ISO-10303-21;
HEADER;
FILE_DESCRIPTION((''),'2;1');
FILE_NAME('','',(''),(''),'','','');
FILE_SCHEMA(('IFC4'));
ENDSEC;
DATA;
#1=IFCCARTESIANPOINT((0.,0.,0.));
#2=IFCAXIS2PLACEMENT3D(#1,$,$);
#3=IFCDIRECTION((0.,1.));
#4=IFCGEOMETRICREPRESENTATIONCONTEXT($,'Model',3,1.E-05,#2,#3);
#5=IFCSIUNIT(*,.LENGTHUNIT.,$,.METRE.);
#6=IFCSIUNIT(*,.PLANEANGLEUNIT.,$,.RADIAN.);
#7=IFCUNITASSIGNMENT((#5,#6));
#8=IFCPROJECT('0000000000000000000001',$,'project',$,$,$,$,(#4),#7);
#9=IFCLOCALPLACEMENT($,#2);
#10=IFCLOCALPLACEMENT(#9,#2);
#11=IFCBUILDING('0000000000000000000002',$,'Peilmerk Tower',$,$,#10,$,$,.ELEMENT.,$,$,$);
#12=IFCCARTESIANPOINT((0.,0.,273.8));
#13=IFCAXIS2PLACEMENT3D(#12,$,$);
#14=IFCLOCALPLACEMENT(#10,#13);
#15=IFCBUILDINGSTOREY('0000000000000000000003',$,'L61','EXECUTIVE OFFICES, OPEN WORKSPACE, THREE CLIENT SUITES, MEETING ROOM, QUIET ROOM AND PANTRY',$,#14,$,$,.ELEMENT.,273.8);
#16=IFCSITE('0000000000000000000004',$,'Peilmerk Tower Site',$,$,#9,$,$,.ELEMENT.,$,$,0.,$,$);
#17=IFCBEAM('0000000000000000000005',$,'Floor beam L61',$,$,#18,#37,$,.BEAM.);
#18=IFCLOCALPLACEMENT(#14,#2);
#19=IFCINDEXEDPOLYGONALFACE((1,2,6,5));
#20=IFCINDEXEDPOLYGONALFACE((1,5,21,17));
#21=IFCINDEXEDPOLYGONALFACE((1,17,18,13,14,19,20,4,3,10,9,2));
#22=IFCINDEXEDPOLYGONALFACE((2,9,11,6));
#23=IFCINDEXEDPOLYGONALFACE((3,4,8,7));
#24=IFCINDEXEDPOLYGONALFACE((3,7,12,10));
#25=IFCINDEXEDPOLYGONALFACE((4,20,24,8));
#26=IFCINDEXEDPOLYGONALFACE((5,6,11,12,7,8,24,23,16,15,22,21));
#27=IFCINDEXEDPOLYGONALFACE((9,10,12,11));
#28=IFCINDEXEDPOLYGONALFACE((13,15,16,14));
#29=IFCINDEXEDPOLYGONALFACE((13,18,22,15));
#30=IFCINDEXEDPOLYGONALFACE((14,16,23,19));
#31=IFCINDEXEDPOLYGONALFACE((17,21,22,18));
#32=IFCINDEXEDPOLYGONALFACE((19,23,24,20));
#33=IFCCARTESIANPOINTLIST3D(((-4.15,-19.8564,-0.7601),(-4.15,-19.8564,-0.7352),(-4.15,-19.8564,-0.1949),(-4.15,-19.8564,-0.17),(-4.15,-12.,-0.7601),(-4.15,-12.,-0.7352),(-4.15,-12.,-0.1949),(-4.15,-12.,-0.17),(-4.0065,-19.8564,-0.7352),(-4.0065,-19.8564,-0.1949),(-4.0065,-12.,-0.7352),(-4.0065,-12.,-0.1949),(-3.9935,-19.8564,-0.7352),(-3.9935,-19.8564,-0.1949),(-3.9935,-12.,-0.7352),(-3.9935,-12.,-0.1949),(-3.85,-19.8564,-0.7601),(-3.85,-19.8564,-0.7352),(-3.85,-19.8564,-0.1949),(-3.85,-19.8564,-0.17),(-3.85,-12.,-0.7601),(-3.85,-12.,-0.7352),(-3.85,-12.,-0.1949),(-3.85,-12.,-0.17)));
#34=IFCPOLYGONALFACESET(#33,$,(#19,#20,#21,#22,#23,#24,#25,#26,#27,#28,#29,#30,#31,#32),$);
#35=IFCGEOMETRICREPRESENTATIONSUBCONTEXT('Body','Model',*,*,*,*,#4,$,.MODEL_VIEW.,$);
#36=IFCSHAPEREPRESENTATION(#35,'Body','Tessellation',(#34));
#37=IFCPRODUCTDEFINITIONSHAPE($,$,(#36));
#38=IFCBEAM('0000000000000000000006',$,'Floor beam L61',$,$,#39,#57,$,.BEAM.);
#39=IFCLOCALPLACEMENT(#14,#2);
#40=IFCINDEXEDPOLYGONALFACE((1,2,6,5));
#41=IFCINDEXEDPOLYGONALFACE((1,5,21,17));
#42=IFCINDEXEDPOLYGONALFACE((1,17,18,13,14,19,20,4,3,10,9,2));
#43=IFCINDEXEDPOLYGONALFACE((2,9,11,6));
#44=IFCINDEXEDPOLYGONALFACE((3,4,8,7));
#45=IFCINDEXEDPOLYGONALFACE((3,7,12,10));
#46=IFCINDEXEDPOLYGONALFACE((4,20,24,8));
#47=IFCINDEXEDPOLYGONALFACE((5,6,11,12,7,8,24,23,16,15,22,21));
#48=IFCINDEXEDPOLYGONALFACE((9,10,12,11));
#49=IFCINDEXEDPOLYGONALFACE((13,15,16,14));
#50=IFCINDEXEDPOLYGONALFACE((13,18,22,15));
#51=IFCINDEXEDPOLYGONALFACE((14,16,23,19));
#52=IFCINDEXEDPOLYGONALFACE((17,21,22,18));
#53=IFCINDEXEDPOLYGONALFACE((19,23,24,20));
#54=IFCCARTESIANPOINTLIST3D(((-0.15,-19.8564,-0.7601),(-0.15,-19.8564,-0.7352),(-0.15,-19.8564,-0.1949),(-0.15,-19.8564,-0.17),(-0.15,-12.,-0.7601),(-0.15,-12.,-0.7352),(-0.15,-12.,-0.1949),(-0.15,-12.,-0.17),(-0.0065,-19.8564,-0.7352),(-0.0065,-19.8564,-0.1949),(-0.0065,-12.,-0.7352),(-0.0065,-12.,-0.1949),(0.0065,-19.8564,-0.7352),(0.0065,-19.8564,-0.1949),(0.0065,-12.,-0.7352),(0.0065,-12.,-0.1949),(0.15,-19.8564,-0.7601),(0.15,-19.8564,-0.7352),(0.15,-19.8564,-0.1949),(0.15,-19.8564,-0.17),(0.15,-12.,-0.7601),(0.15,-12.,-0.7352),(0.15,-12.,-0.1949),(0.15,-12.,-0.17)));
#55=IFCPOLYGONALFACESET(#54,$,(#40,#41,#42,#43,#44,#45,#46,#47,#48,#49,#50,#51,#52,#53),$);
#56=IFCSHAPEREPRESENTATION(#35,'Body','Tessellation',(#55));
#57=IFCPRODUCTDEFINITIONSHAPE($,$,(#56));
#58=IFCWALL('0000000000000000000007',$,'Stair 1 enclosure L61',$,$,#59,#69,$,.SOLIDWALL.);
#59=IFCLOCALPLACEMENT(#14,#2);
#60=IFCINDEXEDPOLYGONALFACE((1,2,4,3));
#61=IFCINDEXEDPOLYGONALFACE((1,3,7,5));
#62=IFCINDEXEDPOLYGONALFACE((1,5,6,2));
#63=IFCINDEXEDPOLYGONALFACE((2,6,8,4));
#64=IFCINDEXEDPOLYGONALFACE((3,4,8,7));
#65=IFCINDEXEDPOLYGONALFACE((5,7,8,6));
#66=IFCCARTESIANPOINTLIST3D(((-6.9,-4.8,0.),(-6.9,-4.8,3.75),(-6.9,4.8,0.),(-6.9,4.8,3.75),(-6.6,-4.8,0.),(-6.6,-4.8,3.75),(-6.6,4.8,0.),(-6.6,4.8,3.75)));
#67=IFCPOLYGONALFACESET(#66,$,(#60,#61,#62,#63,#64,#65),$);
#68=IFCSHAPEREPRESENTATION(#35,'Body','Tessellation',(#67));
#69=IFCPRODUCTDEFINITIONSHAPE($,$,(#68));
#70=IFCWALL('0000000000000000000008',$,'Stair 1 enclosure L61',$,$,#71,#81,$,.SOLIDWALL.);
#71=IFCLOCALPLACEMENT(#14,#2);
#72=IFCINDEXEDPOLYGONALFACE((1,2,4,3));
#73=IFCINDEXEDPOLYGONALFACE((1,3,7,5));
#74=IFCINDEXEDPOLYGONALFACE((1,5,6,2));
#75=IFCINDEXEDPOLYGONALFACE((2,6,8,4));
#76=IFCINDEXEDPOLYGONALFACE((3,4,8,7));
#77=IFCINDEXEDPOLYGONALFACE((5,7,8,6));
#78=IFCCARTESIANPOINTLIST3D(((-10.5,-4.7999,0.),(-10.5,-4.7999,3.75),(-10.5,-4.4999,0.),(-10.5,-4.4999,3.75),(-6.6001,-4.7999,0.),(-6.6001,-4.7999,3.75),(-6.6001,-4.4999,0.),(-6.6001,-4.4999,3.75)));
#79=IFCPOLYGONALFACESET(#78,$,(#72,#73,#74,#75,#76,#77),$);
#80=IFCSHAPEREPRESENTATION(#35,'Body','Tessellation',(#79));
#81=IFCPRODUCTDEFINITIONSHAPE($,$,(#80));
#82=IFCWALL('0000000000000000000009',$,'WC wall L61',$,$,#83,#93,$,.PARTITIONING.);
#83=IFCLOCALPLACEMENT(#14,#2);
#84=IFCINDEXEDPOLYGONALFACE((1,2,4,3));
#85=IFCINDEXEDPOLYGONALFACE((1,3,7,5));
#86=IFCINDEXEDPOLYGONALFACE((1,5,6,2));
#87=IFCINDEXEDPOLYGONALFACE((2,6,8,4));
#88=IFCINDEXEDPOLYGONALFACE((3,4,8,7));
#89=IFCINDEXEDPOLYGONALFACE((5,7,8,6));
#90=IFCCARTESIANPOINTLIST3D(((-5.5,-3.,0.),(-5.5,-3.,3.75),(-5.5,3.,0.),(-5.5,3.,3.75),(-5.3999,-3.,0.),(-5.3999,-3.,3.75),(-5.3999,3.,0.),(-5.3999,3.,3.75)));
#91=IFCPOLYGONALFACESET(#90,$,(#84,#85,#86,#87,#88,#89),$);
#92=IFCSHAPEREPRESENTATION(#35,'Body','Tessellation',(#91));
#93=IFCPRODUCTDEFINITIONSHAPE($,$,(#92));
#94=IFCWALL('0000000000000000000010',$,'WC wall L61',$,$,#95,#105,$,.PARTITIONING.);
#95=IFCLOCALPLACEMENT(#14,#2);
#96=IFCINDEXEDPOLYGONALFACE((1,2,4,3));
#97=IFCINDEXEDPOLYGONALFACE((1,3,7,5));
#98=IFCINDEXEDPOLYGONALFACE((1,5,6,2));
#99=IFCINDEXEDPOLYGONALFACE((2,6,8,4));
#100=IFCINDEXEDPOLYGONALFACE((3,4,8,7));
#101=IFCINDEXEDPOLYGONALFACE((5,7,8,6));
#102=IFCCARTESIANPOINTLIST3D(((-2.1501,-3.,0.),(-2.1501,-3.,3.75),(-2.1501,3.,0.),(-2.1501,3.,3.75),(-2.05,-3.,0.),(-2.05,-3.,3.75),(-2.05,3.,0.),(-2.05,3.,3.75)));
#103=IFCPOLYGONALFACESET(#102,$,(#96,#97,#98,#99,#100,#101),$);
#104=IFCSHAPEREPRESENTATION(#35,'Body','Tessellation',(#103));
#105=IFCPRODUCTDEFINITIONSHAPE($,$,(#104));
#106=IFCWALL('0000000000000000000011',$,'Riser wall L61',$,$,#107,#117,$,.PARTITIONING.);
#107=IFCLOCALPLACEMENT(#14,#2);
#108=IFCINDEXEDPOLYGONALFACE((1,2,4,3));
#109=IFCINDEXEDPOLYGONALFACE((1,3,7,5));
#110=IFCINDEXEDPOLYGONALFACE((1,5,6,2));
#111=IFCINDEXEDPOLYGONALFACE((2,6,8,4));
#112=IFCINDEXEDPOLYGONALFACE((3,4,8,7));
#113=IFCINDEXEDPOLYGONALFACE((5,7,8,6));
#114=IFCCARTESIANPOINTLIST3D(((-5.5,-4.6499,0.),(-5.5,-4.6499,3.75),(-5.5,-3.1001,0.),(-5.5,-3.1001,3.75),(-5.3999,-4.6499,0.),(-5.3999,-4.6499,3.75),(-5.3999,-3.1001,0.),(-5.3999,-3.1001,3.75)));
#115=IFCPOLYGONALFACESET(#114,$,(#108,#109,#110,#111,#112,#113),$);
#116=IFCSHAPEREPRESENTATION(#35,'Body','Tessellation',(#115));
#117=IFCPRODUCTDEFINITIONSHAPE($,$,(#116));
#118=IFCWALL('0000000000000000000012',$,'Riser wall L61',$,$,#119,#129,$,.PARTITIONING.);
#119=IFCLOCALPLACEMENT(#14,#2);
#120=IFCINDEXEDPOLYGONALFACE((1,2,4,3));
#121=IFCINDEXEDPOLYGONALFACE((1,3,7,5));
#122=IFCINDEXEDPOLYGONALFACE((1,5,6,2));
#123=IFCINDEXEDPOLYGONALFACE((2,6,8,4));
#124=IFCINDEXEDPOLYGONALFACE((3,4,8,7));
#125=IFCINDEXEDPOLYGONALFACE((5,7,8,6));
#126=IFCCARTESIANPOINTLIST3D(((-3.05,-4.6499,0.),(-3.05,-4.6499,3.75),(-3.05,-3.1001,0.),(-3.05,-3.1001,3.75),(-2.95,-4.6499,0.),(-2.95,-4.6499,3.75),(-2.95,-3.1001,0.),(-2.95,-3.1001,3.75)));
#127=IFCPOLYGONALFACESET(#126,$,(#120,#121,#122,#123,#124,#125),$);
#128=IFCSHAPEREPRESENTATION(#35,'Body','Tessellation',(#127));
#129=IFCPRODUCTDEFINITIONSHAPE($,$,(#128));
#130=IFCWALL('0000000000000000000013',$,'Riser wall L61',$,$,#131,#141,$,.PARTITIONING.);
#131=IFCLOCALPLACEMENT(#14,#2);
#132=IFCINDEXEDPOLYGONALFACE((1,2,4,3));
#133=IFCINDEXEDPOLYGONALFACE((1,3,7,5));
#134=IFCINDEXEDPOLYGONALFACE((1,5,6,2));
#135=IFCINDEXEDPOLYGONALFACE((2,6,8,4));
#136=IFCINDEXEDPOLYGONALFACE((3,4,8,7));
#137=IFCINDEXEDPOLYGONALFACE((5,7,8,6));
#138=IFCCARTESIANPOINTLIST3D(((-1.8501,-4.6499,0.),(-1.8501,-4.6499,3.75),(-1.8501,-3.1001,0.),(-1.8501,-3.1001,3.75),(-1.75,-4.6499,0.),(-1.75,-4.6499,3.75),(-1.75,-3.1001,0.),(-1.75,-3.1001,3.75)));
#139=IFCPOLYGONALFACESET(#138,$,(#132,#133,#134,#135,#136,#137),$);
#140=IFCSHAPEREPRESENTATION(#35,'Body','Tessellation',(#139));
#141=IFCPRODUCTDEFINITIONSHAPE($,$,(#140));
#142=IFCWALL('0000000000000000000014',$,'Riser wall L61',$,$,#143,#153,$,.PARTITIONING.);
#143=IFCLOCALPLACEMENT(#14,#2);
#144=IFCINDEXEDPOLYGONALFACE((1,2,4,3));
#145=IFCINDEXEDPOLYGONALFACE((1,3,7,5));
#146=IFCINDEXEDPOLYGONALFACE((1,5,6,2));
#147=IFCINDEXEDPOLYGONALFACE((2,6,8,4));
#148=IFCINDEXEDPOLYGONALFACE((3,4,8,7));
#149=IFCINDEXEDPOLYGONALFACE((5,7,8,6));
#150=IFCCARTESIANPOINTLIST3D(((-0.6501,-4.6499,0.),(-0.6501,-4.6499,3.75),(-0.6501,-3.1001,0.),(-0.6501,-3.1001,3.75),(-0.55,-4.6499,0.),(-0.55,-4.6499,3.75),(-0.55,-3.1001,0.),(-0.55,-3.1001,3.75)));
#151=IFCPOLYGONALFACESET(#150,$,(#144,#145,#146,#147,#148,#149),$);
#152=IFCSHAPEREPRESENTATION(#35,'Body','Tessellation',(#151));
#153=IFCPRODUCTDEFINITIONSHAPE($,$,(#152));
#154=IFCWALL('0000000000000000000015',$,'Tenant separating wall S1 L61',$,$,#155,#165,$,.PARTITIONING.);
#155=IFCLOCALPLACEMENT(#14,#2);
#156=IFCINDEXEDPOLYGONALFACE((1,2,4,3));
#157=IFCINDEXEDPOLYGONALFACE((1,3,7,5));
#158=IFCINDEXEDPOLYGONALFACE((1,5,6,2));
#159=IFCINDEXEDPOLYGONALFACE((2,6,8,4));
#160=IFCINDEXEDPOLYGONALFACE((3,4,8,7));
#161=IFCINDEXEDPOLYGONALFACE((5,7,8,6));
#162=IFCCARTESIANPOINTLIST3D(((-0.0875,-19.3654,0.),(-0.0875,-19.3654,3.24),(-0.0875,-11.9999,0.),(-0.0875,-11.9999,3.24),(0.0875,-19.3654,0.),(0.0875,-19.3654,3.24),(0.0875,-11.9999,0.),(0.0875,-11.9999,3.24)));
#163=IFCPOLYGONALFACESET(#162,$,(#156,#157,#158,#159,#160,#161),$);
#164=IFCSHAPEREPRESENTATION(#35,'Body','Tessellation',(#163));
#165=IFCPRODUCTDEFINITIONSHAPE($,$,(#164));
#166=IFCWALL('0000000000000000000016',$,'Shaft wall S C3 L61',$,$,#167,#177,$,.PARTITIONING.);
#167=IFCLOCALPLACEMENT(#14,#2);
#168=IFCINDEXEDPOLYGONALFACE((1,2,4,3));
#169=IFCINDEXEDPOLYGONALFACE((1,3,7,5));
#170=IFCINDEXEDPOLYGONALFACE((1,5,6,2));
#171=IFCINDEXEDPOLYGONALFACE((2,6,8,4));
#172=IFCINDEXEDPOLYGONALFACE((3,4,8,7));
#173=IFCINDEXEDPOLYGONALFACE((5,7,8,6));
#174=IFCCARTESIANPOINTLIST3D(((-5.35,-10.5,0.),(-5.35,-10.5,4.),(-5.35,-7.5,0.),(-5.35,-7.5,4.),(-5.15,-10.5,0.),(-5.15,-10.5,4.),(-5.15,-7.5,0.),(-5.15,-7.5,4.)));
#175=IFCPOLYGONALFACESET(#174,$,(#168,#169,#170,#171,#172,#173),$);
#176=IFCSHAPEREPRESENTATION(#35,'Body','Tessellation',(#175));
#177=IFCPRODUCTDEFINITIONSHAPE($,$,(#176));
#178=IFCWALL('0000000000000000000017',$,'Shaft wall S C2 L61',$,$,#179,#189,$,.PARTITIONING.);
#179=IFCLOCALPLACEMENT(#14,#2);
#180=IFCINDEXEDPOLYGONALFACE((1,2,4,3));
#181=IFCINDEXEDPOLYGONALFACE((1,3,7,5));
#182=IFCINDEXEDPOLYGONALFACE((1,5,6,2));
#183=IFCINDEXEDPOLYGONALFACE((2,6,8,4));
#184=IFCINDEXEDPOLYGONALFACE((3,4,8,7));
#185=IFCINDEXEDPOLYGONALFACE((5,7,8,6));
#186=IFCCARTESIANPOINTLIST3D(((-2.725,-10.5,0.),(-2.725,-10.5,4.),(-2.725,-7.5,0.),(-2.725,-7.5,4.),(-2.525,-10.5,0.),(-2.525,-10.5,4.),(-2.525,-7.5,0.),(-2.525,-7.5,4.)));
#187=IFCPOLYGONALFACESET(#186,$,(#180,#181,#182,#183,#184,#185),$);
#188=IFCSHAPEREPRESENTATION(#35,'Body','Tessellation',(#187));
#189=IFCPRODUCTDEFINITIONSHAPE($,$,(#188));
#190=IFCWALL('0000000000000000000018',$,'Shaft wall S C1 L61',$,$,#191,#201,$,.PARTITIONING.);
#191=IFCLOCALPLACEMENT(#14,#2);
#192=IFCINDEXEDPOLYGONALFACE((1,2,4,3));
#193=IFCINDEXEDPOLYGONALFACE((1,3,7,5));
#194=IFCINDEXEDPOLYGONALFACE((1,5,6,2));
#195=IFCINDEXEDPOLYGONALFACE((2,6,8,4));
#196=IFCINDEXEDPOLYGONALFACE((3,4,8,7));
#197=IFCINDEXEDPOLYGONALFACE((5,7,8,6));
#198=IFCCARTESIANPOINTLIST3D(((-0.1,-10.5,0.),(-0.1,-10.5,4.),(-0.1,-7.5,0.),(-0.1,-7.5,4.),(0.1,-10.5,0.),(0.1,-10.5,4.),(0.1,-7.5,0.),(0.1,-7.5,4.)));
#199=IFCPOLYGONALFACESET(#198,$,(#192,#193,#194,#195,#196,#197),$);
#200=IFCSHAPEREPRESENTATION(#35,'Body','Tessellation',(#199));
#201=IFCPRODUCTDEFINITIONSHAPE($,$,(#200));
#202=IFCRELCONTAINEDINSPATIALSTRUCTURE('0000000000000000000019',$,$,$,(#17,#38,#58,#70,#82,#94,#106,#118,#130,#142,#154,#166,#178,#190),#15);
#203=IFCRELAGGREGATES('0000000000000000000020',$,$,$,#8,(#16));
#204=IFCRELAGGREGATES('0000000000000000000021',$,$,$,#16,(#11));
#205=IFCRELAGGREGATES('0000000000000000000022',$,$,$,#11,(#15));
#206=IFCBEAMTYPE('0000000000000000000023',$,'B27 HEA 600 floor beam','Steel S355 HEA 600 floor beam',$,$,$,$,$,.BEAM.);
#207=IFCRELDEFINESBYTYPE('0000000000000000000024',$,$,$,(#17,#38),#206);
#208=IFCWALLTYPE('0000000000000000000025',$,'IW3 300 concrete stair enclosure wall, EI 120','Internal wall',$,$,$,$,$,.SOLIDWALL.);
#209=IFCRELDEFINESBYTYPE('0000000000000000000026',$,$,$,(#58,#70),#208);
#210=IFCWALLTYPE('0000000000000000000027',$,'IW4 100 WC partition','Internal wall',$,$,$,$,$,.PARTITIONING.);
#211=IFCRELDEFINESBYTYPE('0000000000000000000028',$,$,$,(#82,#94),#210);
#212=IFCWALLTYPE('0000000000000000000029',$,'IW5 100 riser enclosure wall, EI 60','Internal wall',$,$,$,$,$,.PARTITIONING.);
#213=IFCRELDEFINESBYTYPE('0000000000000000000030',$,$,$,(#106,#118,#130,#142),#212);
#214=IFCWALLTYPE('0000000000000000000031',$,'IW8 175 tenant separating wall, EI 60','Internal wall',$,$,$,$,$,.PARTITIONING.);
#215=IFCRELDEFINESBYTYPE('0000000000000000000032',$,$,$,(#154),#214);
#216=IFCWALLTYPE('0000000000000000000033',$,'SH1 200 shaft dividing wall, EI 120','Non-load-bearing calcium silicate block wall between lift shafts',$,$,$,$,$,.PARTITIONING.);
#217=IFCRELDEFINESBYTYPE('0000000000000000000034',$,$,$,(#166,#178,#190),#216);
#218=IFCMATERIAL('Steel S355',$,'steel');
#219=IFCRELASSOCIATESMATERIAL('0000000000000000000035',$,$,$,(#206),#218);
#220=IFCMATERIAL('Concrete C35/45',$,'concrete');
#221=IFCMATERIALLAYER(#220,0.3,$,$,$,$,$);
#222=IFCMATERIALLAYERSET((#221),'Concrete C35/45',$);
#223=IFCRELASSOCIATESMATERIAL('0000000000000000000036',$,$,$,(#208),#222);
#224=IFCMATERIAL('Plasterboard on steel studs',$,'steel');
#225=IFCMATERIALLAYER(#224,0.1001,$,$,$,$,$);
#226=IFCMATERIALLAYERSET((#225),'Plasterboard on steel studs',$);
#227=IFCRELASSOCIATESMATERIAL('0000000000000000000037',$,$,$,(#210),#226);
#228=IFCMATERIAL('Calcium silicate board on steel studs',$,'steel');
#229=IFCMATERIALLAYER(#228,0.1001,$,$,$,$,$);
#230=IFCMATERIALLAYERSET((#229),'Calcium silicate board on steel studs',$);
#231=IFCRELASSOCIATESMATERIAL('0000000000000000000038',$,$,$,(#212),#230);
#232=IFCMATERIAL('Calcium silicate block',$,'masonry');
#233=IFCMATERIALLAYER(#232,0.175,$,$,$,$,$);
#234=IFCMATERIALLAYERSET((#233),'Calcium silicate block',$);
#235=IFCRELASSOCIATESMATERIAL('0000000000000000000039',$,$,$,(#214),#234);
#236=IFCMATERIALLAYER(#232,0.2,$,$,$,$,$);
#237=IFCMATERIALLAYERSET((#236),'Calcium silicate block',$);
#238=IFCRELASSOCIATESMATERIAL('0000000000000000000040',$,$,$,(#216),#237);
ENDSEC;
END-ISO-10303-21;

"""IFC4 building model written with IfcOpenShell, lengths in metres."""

from ifc_helpers import new_model, si_unit, direction, frame, frame_2d, origin, origin_2d, place, context, subcontext, project, spatial, rectangle, i_section, extrude, material, layer, layer_set, material_profile, profile_set, type_object, element, save


model = new_model("IFC4")

# Units and contexts
model_context = context("Model", 3, precision=1e-05, world=origin(), true_north=direction((0.0, 1.0)))
body_context = subcontext(model_context, "Body", "Model", "MODEL_VIEW")
ifc_project = project(units=[si_unit("LENGTHUNIT", "METRE"), si_unit("PLANEANGLEUNIT", "RADIAN")], contexts=[model_context])

# Site, building, storey
site_placement = place(None, origin())
site = spatial("IfcSite", under=ifc_project, at=site_placement, Name="Peilmerk Tower Site", CompositionType="ELEMENT", RefElevation=0.0)
building_placement = place(site_placement, origin())
building = spatial("IfcBuilding", under=site, at=building_placement, Name="Peilmerk Tower", CompositionType="ELEMENT")
storey_placement = place(building_placement, frame((0.0, 0.0, 273.8)))
storey = spatial("IfcBuildingStorey", under=building, at=storey_placement, Name="L61", Description="EXECUTIVE OFFICES, OPEN WORKSPACE, THREE CLIENT SUITES, MEETING ROOM, QUIET ROOM AND PANTRY", CompositionType="ELEMENT", Elevation=273.8)

# Beams
ifc_material_1 = material(Name="Steel S355", Category="steel")
ifc_material_profile = material_profile(ifc_material_1, i_section(OverallWidth=0.3, OverallDepth=0.5901, WebThickness=0.0129, FlangeThickness=0.0249, at=origin_2d()), Name="HEA 600")
ifc_profile_set = profile_set([ifc_material_profile], Name="Steel S355")
beam_type = type_object("IfcBeamType", Name="B27 HEA 600 floor beam", Description="Steel S355 HEA 600 floor beam", PredefinedType="BEAM", material=ifc_profile_set)
for number, where, z_axis, x_axis, name in (
    (1, (-4.0, -12.0, -0.4651), (0.0, -1.0, 0.0), (1.0, 0.0, 0.0), "Floor beam L61"),
    (2, (0.0, -12.0, -0.4651), (0.0, -1.0, 0.0), (1.0, 0.0, 0.0), "Floor beam L61"),
):
    element("IfcBeam", number, at=place(storey_placement, frame(where, z_axis=z_axis, x_axis=x_axis)), inside=storey, type_object=beam_type, Name=name, PredefinedType="BEAM", context=body_context, shape_type="SweptSolid", body=[
        extrude(i_section(OverallWidth=0.3, OverallDepth=0.5901, WebThickness=0.0129, FlangeThickness=0.0249, at=origin_2d()), origin(), (0.0, 0.0, 1.0), 7.8564),
    ])

# Walls
ifc_material_2 = material(Name="Concrete C35/45", Category="concrete")
ifc_layer_1 = layer(ifc_material_2, 0.3)
ifc_layer_set_1 = layer_set([ifc_layer_1], Name="Concrete C35/45")
wall_type_1 = type_object("IfcWallType", Name="IW3 300 concrete stair enclosure wall, EI 120", Description="Internal wall", PredefinedType="SOLIDWALL", material=ifc_layer_set_1)
wall_1_placement = place(storey_placement, frame((-6.75, -4.8, 0.0), z_axis=(0.0, 0.0, 1.0), x_axis=(0.0, 1.0, 0.0)))
element("IfcWall", 3, at=wall_1_placement, inside=storey, type_object=wall_type_1, Name="Stair 1 enclosure L61", PredefinedType="SOLIDWALL", context=body_context, shape_type="SweptSolid", body=[
    extrude(rectangle(XDim=9.6001, YDim=0.3, at=frame_2d((4.8, 0.0))), origin(), (0.0, 0.0, 1.0), 3.75),
])
wall_2_placement = place(storey_placement, frame((-6.6001, -4.6499, 0.0), z_axis=(0.0, 0.0, 1.0), x_axis=(-1.0, 0.0, 0.0)))
element("IfcWall", 4, at=wall_2_placement, inside=storey, type_object=wall_type_1, Name="Stair 1 enclosure L61", PredefinedType="SOLIDWALL", context=body_context, shape_type="SweptSolid", body=[
    extrude(rectangle(XDim=3.8999, YDim=0.3, at=frame_2d((1.95, 0.0))), origin(), (0.0, 0.0, 1.0), 3.75),
])
ifc_material_3 = material(Name="Plasterboard on steel studs", Category="steel")
ifc_layer_2 = layer(ifc_material_3, 0.1001)
ifc_layer_set_2 = layer_set([ifc_layer_2], Name="Plasterboard on steel studs")
wall_type_2 = type_object("IfcWallType", Name="IW4 100 WC partition", Description="Internal wall", PredefinedType="PARTITIONING", material=ifc_layer_set_2)
for number, where, z_axis, x_axis, name in (
    (5, (-5.45, -3.0, 0.0), (0.0, 0.0, 1.0), (0.0, 1.0, 0.0), "WC wall L61"),
    (6, (-2.1001, -3.0, 0.0), (0.0, 0.0, 1.0), (0.0, 1.0, 0.0), "WC wall L61"),
):
    element("IfcWall", number, at=place(storey_placement, frame(where, z_axis=z_axis, x_axis=x_axis)), inside=storey, type_object=wall_type_2, Name=name, PredefinedType="PARTITIONING", context=body_context, shape_type="SweptSolid", body=[
        extrude(rectangle(XDim=6.0, YDim=0.1001, at=frame_2d((3.0, 0.0))), origin(), (0.0, 0.0, 1.0), 3.75),
    ])
ifc_material_4 = material(Name="Calcium silicate board on steel studs", Category="steel")
ifc_layer_3 = layer(ifc_material_4, 0.1001)
ifc_layer_set_3 = layer_set([ifc_layer_3], Name="Calcium silicate board on steel studs")
wall_type_3 = type_object("IfcWallType", Name="IW5 100 riser enclosure wall, EI 60", Description="Internal wall", PredefinedType="PARTITIONING", material=ifc_layer_set_3)
for number, where, z_axis, x_axis, name in (
    (7, (-5.45, -3.1001, 0.0), (0.0, 0.0, 1.0), (0.0, -1.0, 0.0), "Riser wall L61"),
    (8, (-3.0, -3.1001, 0.0), (0.0, 0.0, 1.0), (0.0, -1.0, 0.0), "Riser wall L61"),
    (9, (-1.8, -3.1001, 0.0), (0.0, 0.0, 1.0), (0.0, -1.0, 0.0), "Riser wall L61"),
    (10, (-0.6001, -3.1001, 0.0), (0.0, 0.0, 1.0), (0.0, -1.0, 0.0), "Riser wall L61"),
):
    element("IfcWall", number, at=place(storey_placement, frame(where, z_axis=z_axis, x_axis=x_axis)), inside=storey, type_object=wall_type_3, Name=name, PredefinedType="PARTITIONING", context=body_context, shape_type="SweptSolid", body=[
        extrude(rectangle(XDim=1.5498, YDim=0.1001, at=frame_2d((0.7749, 0.0))), origin(), (0.0, 0.0, 1.0), 3.75),
    ])
ifc_material_5 = material(Name="Calcium silicate block", Category="masonry")
ifc_layer_4 = layer(ifc_material_5, 0.175)
ifc_layer_set_4 = layer_set([ifc_layer_4], Name="Calcium silicate block")
wall_type_4 = type_object("IfcWallType", Name="IW8 175 tenant separating wall, EI 60", Description="Internal wall", PredefinedType="PARTITIONING", material=ifc_layer_set_4)
wall_3_placement = place(storey_placement, frame((0.0, -12.0, 0.0), z_axis=(0.0, 0.0, 1.0), x_axis=(0.0, -1.0, 0.0)))
element("IfcWall", 11, at=wall_3_placement, inside=storey, type_object=wall_type_4, Name="Tenant separating wall S1 L61", PredefinedType="PARTITIONING", context=body_context, shape_type="SweptSolid", body=[
    extrude(rectangle(XDim=7.3655, YDim=0.175, at=frame_2d((3.6826, 0.0))), origin(), (0.0, 0.0, 1.0), 3.24),
])
ifc_layer_5 = layer(ifc_material_5, 0.2)
ifc_layer_set_5 = layer_set([ifc_layer_5], Name="Calcium silicate block")
wall_type_5 = type_object("IfcWallType", Name="SH1 200 shaft dividing wall, EI 120", Description="Non-load-bearing calcium silicate block wall between lift shafts", PredefinedType="PARTITIONING", material=ifc_layer_set_5)
for number, where, z_axis, x_axis, name in (
    (12, (-5.25, -10.5, 0.0), (0.0, 0.0, 1.0), (0.0, 1.0, 0.0), "Shaft wall S C3 L61"),
    (13, (-2.625, -10.5, 0.0), (0.0, 0.0, 1.0), (0.0, 1.0, 0.0), "Shaft wall S C2 L61"),
    (14, (0.0, -10.5, 0.0), (0.0, 0.0, 1.0), (0.0, 1.0, 0.0), "Shaft wall S C1 L61"),
):
    element("IfcWall", number, at=place(storey_placement, frame(where, z_axis=z_axis, x_axis=x_axis)), inside=storey, type_object=wall_type_5, Name=name, PredefinedType="PARTITIONING", context=body_context, shape_type="SweptSolid", body=[
        extrude(rectangle(XDim=3.0, YDim=0.2, at=frame_2d((1.5, 0.0))), origin(), (0.0, 0.0, 1.0), 4.0),
    ])

save(model, "model.ifc")
